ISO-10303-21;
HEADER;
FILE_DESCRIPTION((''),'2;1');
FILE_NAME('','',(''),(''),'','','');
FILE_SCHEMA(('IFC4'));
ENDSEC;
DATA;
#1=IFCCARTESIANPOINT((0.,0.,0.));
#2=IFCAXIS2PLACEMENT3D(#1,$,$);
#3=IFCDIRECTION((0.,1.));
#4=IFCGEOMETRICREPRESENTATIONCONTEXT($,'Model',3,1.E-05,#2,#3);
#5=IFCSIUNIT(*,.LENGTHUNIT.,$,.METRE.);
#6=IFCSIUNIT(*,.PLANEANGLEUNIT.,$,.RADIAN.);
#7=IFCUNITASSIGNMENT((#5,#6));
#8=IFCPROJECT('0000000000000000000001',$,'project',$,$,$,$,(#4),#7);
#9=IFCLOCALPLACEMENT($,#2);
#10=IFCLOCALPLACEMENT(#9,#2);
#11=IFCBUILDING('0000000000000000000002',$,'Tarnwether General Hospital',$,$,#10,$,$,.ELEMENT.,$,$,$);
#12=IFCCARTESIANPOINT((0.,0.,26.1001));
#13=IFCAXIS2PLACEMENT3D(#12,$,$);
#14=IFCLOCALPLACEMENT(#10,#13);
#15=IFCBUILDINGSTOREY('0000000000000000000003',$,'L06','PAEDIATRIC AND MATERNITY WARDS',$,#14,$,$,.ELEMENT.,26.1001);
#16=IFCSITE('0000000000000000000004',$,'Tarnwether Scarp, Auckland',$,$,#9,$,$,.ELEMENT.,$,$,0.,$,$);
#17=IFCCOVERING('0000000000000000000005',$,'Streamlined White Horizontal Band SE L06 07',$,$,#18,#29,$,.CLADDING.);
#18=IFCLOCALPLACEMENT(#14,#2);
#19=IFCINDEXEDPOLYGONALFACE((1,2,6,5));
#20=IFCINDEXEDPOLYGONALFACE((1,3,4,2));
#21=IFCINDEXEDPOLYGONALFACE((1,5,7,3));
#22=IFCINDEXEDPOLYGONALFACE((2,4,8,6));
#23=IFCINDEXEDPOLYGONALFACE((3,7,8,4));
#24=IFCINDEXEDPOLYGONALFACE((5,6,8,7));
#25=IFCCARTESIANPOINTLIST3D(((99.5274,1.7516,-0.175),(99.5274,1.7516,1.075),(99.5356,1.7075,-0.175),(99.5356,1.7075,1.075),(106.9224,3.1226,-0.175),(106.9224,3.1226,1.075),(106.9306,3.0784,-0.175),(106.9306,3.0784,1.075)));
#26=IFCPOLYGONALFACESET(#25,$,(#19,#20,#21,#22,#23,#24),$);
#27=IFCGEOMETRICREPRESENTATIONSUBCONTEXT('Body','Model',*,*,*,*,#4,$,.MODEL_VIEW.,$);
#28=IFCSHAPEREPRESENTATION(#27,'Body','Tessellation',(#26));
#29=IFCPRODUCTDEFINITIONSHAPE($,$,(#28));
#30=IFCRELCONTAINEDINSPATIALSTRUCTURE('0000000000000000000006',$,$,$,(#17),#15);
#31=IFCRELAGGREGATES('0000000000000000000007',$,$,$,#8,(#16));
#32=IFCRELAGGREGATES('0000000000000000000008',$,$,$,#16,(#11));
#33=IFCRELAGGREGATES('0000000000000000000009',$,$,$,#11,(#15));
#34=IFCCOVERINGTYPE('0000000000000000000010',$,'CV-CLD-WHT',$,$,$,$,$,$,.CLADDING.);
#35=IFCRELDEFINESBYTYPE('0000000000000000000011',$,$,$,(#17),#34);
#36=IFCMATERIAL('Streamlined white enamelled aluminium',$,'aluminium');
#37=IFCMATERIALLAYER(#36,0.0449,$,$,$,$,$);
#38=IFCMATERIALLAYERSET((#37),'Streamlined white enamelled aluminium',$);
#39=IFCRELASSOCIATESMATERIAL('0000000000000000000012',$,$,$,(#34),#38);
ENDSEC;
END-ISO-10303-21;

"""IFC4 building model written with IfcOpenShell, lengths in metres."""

from ifc_helpers import new_model, si_unit, direction, frame, origin, origin_2d, place, context, subcontext, project, spatial, rectangle, extrude, material, layer, layer_set, type_object, element, save


model = new_model("IFC4")

# Units and contexts
model_context = context("Model", 3, precision=1e-05, world=origin(), true_north=direction((0.0, 1.0)))
body_context = subcontext(model_context, "Body", "Model", "MODEL_VIEW")
ifc_project = project(units=[si_unit("LENGTHUNIT", "METRE"), si_unit("PLANEANGLEUNIT", "RADIAN")], contexts=[model_context])

# Site, building, storey
site_placement = place(None, origin())
site = spatial("IfcSite", under=ifc_project, at=site_placement, Name="Tarnwether Scarp, Auckland", CompositionType="ELEMENT", RefElevation=0.0)
building_placement = place(site_placement, origin())
building = spatial("IfcBuilding", under=site, at=building_placement, Name="Tarnwether General Hospital", CompositionType="ELEMENT")
storey_placement = place(building_placement, frame((0.0, 0.0, 26.1001)))
storey = spatial("IfcBuildingStorey", under=building, at=storey_placement, Name="L06", Description="PAEDIATRIC AND MATERNITY WARDS", CompositionType="ELEMENT", Elevation=26.1001)

# Covering
ifc_material_1 = material(Name="Streamlined white enamelled aluminium", Category="aluminium")
ifc_layer_1 = layer(ifc_material_1, 0.0449)
ifc_layer_set_1 = layer_set([ifc_layer_1], Name="Streamlined white enamelled aluminium")
covering_type = type_object("IfcCoveringType", Name="CV-CLD-WHT", PredefinedType="CLADDING", material=ifc_layer_set_1)
covering_placement = place(storey_placement, frame((103.229, 2.415, -0.175), z_axis=(0.0, 0.0, 1.0), x_axis=(-0.983245, -0.182287, 0.0)))
element("IfcCovering", 1, at=covering_placement, inside=storey, type_object=covering_type, Name="Streamlined White Horizontal Band SE L06 07", PredefinedType="CLADDING", context=body_context, shape_type="SweptSolid", body=[
    extrude(rectangle(XDim=7.521, YDim=0.0449, at=origin_2d()), origin(), (0.0, 0.0, 1.0), 1.25),
])

save(model, "model.ifc")
